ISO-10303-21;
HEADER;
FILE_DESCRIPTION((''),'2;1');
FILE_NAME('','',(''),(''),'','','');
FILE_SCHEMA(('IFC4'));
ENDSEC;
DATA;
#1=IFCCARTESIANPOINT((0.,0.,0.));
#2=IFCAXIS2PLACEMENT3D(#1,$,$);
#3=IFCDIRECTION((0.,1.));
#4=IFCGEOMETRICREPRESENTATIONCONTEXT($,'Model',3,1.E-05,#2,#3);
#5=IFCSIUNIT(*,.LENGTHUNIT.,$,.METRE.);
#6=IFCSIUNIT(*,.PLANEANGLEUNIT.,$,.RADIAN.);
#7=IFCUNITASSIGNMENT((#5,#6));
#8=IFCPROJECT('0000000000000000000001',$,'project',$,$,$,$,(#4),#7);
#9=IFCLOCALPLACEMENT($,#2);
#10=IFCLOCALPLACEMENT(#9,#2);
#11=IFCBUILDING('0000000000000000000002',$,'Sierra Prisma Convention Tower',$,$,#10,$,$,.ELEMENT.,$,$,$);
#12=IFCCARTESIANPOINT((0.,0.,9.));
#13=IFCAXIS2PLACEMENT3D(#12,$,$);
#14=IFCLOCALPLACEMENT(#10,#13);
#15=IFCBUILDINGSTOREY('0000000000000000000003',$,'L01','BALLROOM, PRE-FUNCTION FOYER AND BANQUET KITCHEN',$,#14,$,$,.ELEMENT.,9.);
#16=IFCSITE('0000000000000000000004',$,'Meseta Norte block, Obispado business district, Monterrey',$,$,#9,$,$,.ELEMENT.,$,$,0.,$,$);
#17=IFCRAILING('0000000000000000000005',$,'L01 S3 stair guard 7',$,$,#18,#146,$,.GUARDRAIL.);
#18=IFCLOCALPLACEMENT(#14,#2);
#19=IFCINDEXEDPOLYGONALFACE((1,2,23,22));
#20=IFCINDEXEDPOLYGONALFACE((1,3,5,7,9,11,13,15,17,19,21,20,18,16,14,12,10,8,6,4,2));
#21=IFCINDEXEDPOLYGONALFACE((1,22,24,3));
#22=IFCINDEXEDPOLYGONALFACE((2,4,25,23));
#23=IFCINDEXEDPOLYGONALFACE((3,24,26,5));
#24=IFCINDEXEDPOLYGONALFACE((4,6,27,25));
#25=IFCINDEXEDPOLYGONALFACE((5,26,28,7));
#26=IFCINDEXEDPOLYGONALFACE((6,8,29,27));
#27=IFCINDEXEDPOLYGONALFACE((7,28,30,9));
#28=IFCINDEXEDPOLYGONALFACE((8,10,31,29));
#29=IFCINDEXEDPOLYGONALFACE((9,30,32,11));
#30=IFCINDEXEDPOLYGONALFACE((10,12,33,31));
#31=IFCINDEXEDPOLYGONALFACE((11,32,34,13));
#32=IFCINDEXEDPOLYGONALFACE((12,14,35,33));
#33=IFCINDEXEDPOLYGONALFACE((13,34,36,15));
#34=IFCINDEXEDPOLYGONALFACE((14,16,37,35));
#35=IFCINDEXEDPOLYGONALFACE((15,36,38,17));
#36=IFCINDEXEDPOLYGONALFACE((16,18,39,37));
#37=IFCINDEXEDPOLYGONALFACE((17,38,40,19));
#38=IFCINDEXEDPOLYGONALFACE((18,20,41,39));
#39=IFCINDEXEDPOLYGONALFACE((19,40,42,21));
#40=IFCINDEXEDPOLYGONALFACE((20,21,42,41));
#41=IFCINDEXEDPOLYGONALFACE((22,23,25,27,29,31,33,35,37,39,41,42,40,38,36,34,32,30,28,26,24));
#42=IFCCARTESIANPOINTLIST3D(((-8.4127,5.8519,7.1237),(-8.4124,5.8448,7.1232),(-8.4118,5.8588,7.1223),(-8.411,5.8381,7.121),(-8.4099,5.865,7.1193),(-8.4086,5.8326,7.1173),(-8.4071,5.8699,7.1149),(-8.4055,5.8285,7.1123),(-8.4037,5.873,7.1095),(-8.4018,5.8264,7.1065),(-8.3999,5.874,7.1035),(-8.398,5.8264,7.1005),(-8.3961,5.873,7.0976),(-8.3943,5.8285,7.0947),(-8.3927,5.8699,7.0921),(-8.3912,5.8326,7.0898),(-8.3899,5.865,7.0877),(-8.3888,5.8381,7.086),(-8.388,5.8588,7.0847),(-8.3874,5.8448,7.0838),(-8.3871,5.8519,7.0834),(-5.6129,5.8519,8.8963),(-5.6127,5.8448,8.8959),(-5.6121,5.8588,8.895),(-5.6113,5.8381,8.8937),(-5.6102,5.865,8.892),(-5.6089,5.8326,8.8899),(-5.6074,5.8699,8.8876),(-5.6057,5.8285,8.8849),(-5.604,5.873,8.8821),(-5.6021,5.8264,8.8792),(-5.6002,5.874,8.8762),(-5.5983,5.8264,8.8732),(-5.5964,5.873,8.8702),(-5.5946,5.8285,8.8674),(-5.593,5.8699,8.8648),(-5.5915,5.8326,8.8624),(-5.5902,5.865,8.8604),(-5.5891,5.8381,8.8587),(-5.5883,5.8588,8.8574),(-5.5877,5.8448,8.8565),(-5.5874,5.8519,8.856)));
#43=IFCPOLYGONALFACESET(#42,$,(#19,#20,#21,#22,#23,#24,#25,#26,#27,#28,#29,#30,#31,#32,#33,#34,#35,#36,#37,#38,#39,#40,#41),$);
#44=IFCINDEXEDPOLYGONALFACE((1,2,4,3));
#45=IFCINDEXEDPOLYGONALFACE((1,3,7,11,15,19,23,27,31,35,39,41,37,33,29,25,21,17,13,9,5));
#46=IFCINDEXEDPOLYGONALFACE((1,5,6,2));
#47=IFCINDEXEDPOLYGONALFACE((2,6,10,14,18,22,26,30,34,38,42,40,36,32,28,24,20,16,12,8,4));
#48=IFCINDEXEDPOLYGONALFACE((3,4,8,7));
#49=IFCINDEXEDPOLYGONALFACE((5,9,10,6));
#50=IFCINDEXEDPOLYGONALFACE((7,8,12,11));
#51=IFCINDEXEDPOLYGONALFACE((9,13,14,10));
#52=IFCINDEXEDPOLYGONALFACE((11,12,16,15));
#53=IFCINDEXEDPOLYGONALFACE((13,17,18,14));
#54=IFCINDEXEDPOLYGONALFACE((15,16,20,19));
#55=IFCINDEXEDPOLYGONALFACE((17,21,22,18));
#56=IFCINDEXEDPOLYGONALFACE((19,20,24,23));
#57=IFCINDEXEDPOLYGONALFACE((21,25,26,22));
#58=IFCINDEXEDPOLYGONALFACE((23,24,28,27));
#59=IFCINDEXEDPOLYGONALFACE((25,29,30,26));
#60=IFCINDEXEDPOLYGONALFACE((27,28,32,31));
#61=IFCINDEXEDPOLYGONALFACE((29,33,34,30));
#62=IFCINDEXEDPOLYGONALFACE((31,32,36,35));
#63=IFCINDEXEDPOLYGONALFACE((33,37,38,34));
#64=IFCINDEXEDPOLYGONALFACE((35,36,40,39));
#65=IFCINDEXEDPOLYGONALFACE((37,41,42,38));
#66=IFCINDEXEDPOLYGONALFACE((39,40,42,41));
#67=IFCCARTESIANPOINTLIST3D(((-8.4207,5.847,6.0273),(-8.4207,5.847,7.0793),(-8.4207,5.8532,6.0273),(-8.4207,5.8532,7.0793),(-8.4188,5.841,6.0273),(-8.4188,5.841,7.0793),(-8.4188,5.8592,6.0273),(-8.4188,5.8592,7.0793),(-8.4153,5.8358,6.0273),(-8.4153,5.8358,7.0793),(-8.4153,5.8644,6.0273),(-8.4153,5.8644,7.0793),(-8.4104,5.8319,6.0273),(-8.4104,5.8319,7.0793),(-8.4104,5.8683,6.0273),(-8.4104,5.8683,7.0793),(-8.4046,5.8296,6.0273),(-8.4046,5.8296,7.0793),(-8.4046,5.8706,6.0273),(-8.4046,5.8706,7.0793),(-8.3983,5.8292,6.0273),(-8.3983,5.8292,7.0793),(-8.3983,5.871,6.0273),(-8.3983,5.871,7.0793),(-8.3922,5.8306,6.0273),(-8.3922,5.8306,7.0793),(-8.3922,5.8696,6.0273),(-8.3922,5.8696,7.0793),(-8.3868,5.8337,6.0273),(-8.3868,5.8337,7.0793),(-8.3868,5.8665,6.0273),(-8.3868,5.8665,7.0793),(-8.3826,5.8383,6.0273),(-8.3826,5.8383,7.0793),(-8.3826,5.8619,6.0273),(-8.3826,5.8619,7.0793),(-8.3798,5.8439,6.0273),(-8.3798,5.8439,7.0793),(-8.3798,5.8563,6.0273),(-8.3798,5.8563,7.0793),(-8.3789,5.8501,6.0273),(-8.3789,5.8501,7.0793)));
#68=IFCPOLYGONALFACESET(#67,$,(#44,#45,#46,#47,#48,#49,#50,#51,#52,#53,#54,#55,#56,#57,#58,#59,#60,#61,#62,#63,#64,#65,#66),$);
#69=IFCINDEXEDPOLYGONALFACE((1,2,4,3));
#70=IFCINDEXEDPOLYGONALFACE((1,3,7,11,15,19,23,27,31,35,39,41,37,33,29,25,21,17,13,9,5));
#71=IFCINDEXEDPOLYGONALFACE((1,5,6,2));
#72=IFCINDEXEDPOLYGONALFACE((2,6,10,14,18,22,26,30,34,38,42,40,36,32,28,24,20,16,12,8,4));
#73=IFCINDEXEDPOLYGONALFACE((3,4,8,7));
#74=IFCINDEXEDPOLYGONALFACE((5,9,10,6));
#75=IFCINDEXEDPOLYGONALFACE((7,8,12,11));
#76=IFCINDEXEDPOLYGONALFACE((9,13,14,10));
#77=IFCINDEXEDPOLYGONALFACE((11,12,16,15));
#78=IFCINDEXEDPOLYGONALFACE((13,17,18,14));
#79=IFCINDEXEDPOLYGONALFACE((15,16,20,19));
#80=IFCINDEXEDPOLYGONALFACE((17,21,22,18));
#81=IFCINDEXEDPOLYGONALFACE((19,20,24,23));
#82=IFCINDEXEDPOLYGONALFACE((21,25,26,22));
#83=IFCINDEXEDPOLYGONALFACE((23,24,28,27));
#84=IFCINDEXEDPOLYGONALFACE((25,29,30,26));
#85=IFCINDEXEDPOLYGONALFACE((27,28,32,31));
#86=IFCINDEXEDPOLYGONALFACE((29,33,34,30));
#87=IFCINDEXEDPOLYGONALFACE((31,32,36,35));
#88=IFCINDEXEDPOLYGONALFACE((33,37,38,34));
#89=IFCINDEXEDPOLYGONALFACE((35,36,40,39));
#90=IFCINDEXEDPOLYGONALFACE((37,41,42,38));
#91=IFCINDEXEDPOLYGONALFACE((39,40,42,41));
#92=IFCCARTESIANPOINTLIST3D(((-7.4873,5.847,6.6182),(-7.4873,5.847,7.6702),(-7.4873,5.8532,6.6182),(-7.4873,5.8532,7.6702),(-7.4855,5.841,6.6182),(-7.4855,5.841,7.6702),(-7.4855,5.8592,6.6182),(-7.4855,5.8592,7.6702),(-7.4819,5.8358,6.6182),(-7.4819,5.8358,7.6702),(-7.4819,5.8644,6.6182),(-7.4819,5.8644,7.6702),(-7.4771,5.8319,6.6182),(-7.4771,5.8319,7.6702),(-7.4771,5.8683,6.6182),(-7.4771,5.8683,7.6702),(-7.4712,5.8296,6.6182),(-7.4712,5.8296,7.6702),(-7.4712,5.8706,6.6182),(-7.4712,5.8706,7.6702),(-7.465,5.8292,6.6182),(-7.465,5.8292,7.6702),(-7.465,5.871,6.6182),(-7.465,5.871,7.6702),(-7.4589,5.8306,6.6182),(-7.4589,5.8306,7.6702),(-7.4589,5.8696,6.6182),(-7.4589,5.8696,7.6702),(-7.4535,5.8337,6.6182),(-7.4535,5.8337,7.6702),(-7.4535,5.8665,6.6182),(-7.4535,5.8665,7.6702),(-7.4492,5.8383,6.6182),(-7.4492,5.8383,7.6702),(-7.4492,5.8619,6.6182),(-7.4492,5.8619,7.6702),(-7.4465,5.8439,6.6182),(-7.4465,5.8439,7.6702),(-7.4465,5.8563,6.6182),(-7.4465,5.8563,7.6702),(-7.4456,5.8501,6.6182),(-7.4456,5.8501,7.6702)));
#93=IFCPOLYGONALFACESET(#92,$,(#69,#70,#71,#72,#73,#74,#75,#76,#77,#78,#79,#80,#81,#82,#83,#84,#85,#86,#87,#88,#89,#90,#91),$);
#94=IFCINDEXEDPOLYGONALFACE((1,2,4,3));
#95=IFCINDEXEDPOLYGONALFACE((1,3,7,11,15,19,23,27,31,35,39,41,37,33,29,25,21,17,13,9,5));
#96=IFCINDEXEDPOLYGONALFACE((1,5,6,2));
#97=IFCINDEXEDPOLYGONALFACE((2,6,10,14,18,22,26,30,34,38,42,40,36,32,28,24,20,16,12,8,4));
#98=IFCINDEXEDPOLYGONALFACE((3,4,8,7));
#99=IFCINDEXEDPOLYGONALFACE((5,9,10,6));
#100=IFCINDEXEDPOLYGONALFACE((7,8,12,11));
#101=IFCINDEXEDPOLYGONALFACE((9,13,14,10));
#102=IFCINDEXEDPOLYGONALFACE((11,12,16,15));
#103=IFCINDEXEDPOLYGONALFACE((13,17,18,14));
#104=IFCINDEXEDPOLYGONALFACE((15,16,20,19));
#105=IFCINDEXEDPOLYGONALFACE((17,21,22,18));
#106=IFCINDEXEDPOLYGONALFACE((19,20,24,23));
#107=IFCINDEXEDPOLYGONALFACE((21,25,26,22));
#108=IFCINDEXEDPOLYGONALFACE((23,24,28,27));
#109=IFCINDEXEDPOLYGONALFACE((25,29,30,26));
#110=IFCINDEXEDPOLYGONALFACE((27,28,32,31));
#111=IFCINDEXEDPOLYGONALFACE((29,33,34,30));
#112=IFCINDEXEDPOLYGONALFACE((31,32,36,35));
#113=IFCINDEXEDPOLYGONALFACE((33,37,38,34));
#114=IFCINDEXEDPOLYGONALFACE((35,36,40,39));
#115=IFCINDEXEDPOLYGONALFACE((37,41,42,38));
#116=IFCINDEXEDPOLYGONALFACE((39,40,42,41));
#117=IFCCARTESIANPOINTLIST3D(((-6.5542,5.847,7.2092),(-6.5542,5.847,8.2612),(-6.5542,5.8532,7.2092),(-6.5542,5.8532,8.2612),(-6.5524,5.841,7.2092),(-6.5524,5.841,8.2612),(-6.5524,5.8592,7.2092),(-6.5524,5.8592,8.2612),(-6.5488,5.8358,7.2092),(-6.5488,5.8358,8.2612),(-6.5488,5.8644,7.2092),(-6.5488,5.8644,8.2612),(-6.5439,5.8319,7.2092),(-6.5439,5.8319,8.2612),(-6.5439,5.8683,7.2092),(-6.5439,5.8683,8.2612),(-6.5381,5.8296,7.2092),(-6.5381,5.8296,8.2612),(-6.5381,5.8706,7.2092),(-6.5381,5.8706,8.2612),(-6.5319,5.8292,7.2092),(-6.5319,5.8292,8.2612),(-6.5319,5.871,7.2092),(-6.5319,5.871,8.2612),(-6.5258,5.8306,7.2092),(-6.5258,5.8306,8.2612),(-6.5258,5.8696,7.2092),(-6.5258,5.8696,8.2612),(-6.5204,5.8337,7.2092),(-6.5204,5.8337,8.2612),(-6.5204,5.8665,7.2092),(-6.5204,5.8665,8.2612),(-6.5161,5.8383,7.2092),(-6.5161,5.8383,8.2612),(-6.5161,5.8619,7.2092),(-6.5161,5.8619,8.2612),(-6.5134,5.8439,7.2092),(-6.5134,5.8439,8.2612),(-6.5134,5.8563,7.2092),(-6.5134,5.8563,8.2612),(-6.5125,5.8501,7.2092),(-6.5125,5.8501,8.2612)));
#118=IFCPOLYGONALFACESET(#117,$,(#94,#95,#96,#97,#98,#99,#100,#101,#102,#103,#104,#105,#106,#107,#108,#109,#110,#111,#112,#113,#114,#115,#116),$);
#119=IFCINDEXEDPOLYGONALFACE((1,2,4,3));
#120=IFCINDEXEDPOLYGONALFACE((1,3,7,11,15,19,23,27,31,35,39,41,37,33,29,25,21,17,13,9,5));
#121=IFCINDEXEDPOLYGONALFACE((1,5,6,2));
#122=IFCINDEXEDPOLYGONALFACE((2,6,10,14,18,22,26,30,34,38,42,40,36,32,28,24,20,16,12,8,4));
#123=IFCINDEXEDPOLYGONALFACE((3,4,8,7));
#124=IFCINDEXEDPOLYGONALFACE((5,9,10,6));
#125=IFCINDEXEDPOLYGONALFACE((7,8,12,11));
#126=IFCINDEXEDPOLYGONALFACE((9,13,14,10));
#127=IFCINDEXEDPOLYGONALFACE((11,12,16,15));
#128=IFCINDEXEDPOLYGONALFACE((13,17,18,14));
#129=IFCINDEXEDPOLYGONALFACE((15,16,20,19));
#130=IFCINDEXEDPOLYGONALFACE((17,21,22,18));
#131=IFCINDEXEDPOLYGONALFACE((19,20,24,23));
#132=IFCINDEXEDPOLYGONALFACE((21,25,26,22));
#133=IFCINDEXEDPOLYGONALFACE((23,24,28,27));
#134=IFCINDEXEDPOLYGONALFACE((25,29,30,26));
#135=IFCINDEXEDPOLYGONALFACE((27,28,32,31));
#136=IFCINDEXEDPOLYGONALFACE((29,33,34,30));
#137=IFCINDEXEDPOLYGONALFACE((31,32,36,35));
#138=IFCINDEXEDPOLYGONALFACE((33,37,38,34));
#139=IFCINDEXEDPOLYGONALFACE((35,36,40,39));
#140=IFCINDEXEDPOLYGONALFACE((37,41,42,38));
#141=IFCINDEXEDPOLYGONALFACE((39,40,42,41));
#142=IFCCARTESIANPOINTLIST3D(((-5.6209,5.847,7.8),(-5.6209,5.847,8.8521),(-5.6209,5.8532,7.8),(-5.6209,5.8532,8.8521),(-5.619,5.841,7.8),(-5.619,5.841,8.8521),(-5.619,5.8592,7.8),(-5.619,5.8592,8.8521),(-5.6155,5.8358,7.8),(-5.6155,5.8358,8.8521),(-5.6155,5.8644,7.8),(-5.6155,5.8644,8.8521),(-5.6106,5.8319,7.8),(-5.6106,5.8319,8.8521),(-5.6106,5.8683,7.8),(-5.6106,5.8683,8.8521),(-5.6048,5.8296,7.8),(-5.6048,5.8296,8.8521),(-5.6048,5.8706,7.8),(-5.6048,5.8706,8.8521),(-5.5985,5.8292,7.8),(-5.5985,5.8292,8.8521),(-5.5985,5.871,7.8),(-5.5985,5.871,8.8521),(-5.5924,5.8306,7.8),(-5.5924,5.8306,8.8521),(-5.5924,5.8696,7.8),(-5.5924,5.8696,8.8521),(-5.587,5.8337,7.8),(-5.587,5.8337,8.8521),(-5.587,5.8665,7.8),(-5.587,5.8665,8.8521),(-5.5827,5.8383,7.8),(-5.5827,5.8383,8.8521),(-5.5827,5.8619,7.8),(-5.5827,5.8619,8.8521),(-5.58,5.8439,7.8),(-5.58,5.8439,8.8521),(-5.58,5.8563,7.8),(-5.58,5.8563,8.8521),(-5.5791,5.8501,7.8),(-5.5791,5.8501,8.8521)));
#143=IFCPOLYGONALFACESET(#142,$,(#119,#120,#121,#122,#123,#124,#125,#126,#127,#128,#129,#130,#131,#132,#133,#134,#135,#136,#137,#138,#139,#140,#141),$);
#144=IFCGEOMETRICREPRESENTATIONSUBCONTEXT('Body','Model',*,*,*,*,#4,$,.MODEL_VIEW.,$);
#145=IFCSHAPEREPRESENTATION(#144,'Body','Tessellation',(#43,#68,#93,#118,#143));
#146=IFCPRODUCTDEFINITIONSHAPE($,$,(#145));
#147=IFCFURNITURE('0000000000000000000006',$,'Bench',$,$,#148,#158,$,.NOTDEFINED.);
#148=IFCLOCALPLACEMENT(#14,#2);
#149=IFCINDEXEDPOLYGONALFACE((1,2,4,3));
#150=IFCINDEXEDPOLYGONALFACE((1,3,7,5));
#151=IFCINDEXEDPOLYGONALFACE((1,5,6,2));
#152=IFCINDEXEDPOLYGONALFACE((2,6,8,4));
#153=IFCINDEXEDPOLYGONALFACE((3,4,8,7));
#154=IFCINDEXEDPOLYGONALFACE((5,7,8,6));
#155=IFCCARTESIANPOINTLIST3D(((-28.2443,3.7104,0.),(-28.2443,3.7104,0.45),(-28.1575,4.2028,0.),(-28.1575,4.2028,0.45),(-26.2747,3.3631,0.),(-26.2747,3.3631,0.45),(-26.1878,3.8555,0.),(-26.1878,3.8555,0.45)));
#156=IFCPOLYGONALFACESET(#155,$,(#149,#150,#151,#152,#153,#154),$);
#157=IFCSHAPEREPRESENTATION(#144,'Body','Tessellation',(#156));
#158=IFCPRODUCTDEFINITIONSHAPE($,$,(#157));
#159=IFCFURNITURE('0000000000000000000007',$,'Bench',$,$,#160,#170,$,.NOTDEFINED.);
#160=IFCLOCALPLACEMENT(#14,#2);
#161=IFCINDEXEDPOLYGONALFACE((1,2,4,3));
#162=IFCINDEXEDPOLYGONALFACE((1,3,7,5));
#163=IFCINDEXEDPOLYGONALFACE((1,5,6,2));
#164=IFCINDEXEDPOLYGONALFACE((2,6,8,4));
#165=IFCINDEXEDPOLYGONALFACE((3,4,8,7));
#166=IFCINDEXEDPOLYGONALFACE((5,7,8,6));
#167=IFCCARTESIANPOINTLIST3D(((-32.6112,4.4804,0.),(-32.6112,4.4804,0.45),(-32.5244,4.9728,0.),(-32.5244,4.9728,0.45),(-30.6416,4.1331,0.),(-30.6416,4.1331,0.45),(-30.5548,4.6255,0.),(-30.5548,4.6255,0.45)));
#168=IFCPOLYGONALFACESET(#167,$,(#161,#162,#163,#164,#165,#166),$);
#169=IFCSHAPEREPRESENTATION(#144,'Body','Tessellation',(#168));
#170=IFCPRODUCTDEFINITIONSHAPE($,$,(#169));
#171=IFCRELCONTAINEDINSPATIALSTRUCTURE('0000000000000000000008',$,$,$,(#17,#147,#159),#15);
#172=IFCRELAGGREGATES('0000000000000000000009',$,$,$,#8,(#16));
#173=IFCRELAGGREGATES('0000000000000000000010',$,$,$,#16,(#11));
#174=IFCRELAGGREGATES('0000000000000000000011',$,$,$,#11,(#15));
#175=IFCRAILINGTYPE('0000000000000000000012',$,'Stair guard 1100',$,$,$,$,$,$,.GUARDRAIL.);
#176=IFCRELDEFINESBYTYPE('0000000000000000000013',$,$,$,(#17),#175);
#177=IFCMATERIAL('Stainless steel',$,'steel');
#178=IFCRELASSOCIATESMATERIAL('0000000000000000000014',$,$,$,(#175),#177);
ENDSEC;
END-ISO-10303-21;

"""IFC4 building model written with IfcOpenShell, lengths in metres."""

from ifc_helpers import new_model, si_unit, direction, frame, origin, origin_2d, place, context, subcontext, project, spatial, rectangle, circle, extrude, material, type_object, element, save


model = new_model("IFC4")

# Units and contexts
model_context = context("Model", 3, precision=1e-05, world=origin(), true_north=direction((0.0, 1.0)))
body_context = subcontext(model_context, "Body", "Model", "MODEL_VIEW")
ifc_project = project(units=[si_unit("LENGTHUNIT", "METRE"), si_unit("PLANEANGLEUNIT", "RADIAN")], contexts=[model_context])

# Site, building, storey
site_placement = place(None, origin())
site = spatial("IfcSite", under=ifc_project, at=site_placement, Name="Meseta Norte block, Obispado business district, Monterrey", CompositionType="ELEMENT", RefElevation=0.0)
building_placement = place(site_placement, origin())
building = spatial("IfcBuilding", under=site, at=building_placement, Name="Sierra Prisma Convention Tower", CompositionType="ELEMENT")
storey_placement = place(building_placement, frame((0.0, 0.0, 9.0)))
storey = spatial("IfcBuildingStorey", under=building, at=storey_placement, Name="L01", Description="BALLROOM, PRE-FUNCTION FOYER AND BANQUET KITCHEN", CompositionType="ELEMENT", Elevation=9.0)

# Railing
ifc_material_1 = material(Name="Stainless steel", Category="steel")
railing_type_1 = type_object("IfcRailingType", Name="Stair guard 1100", PredefinedType="GUARDRAIL", material=ifc_material_1)
railing_1_placement = place(storey_placement, frame((-8.3999, 5.8501, 6.0273)))
element("IfcRailing", 1, at=railing_1_placement, inside=storey, type_object=railing_type_1, Name="L01 S3 stair guard 7", PredefinedType="GUARDRAIL", context=body_context, shape_type="SweptSolid", body=[
    extrude(circle(Radius=0.0239, at=origin_2d()), frame((0.0, 0.0, 1.0762), z_axis=(0.844888, 0.0, 0.534943), x_axis=(0.0, 1.0, 0.0)), (0.0, 0.0, 1.0), 3.3137),
    extrude(circle(Radius=0.021, at=origin_2d()), origin(), (0.0, 0.0, 1.0), 1.052),
    extrude(circle(Radius=0.021, at=origin_2d()), frame((0.9333, 0.0, 0.5908)), (0.0, 0.0, 1.0), 1.052),
    extrude(circle(Radius=0.021, at=origin_2d()), frame((1.8665, 0.0, 1.1819)), (0.0, 0.0, 1.0), 1.052),
    extrude(circle(Radius=0.021, at=origin_2d()), frame((2.7998, 0.0, 1.7727)), (0.0, 0.0, 1.0), 1.052),
])

# Furniture
for number, where, z_axis, x_axis, name in (
    (2, (-27.2161, 3.783, 0.0), (0.0, 0.0, 1.0), (-0.984808, 0.173648, 0.0), "Bench"),
    (3, (-31.583, 4.553, 0.0), (0.0, 0.0, 1.0), (-0.984808, 0.173648, 0.0), "Bench"),
):
    element("IfcFurniture", number, at=place(storey_placement, frame(where, z_axis=z_axis, x_axis=x_axis)), inside=storey, Name=name, PredefinedType="NOTDEFINED", context=body_context, shape_type="SweptSolid", body=[
        extrude(rectangle(XDim=2.0, YDim=0.5, at=origin_2d()), origin(), (0.0, 0.0, 1.0), 0.45),
    ])

save(model, "model.ifc")
